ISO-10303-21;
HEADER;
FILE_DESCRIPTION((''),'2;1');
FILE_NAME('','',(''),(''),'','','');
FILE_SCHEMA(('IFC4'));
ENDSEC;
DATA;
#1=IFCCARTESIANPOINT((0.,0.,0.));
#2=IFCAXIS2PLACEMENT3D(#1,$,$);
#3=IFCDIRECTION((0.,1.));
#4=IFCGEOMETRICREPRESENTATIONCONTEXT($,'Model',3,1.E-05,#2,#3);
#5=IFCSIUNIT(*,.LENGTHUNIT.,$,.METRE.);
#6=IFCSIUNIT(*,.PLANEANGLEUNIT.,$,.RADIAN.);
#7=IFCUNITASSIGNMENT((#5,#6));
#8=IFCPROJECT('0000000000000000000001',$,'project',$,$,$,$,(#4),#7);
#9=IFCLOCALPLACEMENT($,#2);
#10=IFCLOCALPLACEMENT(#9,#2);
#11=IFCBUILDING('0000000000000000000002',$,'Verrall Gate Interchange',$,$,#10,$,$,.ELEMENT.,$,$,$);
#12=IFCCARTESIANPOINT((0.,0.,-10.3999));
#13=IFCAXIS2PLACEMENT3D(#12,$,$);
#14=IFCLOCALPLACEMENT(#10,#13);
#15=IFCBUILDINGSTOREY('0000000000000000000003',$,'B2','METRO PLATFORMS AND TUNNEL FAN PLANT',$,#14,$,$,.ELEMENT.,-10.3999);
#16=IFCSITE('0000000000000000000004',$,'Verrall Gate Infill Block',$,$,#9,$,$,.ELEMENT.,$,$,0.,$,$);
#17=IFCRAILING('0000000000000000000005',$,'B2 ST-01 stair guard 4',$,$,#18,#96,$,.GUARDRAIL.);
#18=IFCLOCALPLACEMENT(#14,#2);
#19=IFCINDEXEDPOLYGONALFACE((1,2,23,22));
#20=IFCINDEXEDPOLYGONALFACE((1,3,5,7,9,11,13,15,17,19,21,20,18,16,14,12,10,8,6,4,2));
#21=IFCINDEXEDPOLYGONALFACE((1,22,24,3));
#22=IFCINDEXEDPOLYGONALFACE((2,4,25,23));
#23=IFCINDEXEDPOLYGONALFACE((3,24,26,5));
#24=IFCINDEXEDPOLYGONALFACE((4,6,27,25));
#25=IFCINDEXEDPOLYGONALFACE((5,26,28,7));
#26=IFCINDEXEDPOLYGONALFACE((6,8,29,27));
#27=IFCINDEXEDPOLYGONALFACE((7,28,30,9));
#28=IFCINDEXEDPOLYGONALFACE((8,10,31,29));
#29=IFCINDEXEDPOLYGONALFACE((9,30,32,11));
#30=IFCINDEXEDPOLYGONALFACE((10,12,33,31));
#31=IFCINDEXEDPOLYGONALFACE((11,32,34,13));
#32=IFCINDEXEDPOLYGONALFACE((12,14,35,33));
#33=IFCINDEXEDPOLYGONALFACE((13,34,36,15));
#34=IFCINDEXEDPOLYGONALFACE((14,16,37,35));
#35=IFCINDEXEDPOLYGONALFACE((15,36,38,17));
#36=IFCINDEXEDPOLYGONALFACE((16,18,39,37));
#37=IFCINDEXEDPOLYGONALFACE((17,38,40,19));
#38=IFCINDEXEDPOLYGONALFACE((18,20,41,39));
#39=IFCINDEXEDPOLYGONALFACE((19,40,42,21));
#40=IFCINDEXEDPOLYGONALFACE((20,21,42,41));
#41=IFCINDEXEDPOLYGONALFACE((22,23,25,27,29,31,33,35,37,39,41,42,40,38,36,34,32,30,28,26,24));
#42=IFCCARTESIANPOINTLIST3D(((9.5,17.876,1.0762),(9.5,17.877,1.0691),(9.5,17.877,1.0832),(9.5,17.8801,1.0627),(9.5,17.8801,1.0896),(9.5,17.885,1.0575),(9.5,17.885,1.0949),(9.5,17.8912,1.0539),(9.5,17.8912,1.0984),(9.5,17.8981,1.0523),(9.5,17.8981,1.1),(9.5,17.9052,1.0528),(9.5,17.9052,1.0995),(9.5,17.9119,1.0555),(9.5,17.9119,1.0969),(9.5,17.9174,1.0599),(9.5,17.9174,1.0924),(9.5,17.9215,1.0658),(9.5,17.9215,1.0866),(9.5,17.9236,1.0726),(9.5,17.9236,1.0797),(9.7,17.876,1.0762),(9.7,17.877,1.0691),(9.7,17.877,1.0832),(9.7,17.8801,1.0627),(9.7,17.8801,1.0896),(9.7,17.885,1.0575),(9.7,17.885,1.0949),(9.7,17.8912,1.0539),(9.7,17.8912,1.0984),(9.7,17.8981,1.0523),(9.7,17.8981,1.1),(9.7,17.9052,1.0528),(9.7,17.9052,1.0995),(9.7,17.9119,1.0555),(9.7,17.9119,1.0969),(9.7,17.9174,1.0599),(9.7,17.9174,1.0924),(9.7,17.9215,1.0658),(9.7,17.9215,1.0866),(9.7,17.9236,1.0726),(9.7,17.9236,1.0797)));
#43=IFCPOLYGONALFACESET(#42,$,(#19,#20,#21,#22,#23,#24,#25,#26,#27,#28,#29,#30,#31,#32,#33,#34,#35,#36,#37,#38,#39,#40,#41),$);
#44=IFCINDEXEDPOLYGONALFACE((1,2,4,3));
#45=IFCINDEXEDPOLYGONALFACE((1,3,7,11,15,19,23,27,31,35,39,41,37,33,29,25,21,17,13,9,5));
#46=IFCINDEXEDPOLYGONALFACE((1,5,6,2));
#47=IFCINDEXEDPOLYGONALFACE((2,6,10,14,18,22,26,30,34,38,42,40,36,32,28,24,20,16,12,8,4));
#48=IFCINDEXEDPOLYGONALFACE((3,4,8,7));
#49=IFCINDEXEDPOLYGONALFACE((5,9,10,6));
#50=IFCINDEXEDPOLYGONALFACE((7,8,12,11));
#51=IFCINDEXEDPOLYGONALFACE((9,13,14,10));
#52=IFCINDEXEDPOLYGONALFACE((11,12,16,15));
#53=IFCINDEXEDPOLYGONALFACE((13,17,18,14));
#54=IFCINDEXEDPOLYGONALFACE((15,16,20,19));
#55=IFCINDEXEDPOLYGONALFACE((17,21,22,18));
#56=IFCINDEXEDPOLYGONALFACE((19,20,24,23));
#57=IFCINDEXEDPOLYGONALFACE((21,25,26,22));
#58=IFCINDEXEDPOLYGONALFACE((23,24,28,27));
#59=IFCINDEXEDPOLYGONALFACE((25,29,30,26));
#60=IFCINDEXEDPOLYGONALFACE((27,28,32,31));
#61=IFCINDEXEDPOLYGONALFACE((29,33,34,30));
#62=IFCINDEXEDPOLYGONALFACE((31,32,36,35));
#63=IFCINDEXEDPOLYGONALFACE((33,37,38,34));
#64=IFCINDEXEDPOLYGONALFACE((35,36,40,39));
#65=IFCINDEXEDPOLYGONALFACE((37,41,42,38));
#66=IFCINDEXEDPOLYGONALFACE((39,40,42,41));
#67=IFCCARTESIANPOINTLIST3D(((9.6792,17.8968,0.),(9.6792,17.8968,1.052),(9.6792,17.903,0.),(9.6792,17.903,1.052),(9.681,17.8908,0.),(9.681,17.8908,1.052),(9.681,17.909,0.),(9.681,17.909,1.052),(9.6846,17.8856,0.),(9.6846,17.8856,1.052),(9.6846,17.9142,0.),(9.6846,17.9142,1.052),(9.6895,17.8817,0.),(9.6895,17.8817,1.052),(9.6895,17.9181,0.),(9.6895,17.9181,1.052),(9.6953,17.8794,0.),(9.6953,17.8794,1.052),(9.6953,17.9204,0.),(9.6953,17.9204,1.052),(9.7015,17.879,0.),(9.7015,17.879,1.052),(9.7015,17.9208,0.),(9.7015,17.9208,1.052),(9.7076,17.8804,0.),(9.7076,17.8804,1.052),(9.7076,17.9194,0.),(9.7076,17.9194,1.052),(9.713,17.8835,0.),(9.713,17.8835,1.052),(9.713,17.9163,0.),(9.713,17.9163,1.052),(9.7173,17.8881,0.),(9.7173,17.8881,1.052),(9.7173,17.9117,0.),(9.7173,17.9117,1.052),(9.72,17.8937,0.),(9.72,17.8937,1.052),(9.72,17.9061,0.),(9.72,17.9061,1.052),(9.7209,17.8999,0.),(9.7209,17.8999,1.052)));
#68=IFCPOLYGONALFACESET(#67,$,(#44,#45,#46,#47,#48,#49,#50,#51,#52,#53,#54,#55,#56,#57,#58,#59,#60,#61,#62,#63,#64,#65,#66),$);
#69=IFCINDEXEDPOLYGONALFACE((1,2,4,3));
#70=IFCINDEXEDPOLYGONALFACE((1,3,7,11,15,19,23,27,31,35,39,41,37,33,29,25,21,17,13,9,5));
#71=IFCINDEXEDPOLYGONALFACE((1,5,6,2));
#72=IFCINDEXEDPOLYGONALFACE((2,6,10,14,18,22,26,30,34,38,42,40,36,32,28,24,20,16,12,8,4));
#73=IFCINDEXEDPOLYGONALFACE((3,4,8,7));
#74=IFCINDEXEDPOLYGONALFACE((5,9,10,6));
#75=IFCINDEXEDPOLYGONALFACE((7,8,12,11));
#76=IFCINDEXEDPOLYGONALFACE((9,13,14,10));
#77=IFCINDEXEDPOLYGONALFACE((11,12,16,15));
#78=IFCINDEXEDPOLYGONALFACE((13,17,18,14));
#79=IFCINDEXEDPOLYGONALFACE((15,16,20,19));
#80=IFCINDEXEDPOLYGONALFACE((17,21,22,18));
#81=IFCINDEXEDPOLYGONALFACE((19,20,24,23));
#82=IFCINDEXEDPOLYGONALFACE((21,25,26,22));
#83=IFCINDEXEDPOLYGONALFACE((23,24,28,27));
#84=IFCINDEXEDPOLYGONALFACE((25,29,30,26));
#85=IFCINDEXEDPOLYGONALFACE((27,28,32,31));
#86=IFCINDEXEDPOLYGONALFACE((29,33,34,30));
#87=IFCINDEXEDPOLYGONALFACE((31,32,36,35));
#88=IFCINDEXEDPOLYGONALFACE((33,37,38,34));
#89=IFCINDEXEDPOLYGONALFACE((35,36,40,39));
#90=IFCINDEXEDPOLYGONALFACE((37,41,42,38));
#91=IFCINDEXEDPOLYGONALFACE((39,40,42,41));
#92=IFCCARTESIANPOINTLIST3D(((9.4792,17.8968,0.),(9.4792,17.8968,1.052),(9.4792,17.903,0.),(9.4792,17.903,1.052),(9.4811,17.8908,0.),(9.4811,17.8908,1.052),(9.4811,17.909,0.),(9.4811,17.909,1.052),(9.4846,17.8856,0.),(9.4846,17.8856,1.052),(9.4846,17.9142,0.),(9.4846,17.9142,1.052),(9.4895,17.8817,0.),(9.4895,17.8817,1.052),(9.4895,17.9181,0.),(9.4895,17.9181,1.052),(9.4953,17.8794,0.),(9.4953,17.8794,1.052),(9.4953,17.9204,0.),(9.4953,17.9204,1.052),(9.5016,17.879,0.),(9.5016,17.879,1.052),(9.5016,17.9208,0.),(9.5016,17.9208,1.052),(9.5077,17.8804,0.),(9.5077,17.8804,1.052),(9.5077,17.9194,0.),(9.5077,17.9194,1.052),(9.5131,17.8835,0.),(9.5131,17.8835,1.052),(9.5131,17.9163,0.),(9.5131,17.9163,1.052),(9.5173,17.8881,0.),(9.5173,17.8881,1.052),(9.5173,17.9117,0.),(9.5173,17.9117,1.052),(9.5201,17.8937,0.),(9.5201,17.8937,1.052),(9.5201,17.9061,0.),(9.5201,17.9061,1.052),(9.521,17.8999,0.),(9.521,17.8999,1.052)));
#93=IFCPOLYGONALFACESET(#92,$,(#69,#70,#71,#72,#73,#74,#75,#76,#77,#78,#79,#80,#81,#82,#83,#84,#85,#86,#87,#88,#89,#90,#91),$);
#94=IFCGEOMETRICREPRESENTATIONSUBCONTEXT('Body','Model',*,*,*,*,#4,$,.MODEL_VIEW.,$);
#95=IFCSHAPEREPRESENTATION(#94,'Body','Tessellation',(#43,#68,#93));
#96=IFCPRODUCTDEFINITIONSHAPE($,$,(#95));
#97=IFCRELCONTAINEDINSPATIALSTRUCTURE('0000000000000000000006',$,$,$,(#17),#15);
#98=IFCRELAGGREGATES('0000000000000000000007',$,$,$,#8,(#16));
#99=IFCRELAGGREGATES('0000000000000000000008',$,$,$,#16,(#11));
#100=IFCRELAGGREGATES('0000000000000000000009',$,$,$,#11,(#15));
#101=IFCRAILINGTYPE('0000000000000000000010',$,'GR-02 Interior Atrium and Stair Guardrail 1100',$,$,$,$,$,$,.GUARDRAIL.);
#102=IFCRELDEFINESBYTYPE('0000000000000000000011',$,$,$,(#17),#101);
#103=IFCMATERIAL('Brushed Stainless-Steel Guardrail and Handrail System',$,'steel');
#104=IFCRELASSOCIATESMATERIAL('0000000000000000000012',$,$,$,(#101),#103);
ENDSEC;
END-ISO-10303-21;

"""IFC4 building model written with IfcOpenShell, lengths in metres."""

from ifc_helpers import new_model, si_unit, direction, frame, origin, origin_2d, place, context, subcontext, project, spatial, circle, extrude, material, type_object, element, save


model = new_model("IFC4")

# Units and contexts
model_context = context("Model", 3, precision=1e-05, world=origin(), true_north=direction((0.0, 1.0)))
body_context = subcontext(model_context, "Body", "Model", "MODEL_VIEW")
ifc_project = project(units=[si_unit("LENGTHUNIT", "METRE"), si_unit("PLANEANGLEUNIT", "RADIAN")], contexts=[model_context])

# Site, building, storey
site_placement = place(None, origin())
site = spatial("IfcSite", under=ifc_project, at=site_placement, Name="Verrall Gate Infill Block", CompositionType="ELEMENT", RefElevation=0.0)
building_placement = place(site_placement, origin())
building = spatial("IfcBuilding", under=site, at=building_placement, Name="Verrall Gate Interchange", CompositionType="ELEMENT")
storey_placement = place(building_placement, frame((0.0, 0.0, -10.3999)))
storey = spatial("IfcBuildingStorey", under=building, at=storey_placement, Name="B2", Description="METRO PLATFORMS AND TUNNEL FAN PLANT", CompositionType="ELEMENT", Elevation=-10.3999)

# Railing
ifc_material_1 = material(Name="Brushed Stainless-Steel Guardrail and Handrail System", Category="steel")
railing_type_1 = type_object("IfcRailingType", Name="GR-02 Interior Atrium and Stair Guardrail 1100", PredefinedType="GUARDRAIL", material=ifc_material_1)
railing_1_placement = place(storey_placement, frame((9.7, 17.8999, 0.0)))
element("IfcRailing", 1, at=railing_1_placement, inside=storey, type_object=railing_type_1, Name="B2 ST-01 stair guard 4", PredefinedType="GUARDRAIL", context=body_context, shape_type="SweptSolid", body=[
    extrude(circle(Radius=0.0239, at=origin_2d()), frame((0.0, 0.0, 1.0762), z_axis=(-1.0, 0.0, 0.0), x_axis=(0.0, -1.0, 0.0)), (0.0, 0.0, 1.0), 0.2),
    extrude(circle(Radius=0.021, at=origin_2d()), origin(), (0.0, 0.0, 1.0), 1.052),
    extrude(circle(Radius=0.021, at=origin_2d()), frame((-0.2, 0.0, 0.0)), (0.0, 0.0, 1.0), 1.052),
])

save(model, "model.ifc")
